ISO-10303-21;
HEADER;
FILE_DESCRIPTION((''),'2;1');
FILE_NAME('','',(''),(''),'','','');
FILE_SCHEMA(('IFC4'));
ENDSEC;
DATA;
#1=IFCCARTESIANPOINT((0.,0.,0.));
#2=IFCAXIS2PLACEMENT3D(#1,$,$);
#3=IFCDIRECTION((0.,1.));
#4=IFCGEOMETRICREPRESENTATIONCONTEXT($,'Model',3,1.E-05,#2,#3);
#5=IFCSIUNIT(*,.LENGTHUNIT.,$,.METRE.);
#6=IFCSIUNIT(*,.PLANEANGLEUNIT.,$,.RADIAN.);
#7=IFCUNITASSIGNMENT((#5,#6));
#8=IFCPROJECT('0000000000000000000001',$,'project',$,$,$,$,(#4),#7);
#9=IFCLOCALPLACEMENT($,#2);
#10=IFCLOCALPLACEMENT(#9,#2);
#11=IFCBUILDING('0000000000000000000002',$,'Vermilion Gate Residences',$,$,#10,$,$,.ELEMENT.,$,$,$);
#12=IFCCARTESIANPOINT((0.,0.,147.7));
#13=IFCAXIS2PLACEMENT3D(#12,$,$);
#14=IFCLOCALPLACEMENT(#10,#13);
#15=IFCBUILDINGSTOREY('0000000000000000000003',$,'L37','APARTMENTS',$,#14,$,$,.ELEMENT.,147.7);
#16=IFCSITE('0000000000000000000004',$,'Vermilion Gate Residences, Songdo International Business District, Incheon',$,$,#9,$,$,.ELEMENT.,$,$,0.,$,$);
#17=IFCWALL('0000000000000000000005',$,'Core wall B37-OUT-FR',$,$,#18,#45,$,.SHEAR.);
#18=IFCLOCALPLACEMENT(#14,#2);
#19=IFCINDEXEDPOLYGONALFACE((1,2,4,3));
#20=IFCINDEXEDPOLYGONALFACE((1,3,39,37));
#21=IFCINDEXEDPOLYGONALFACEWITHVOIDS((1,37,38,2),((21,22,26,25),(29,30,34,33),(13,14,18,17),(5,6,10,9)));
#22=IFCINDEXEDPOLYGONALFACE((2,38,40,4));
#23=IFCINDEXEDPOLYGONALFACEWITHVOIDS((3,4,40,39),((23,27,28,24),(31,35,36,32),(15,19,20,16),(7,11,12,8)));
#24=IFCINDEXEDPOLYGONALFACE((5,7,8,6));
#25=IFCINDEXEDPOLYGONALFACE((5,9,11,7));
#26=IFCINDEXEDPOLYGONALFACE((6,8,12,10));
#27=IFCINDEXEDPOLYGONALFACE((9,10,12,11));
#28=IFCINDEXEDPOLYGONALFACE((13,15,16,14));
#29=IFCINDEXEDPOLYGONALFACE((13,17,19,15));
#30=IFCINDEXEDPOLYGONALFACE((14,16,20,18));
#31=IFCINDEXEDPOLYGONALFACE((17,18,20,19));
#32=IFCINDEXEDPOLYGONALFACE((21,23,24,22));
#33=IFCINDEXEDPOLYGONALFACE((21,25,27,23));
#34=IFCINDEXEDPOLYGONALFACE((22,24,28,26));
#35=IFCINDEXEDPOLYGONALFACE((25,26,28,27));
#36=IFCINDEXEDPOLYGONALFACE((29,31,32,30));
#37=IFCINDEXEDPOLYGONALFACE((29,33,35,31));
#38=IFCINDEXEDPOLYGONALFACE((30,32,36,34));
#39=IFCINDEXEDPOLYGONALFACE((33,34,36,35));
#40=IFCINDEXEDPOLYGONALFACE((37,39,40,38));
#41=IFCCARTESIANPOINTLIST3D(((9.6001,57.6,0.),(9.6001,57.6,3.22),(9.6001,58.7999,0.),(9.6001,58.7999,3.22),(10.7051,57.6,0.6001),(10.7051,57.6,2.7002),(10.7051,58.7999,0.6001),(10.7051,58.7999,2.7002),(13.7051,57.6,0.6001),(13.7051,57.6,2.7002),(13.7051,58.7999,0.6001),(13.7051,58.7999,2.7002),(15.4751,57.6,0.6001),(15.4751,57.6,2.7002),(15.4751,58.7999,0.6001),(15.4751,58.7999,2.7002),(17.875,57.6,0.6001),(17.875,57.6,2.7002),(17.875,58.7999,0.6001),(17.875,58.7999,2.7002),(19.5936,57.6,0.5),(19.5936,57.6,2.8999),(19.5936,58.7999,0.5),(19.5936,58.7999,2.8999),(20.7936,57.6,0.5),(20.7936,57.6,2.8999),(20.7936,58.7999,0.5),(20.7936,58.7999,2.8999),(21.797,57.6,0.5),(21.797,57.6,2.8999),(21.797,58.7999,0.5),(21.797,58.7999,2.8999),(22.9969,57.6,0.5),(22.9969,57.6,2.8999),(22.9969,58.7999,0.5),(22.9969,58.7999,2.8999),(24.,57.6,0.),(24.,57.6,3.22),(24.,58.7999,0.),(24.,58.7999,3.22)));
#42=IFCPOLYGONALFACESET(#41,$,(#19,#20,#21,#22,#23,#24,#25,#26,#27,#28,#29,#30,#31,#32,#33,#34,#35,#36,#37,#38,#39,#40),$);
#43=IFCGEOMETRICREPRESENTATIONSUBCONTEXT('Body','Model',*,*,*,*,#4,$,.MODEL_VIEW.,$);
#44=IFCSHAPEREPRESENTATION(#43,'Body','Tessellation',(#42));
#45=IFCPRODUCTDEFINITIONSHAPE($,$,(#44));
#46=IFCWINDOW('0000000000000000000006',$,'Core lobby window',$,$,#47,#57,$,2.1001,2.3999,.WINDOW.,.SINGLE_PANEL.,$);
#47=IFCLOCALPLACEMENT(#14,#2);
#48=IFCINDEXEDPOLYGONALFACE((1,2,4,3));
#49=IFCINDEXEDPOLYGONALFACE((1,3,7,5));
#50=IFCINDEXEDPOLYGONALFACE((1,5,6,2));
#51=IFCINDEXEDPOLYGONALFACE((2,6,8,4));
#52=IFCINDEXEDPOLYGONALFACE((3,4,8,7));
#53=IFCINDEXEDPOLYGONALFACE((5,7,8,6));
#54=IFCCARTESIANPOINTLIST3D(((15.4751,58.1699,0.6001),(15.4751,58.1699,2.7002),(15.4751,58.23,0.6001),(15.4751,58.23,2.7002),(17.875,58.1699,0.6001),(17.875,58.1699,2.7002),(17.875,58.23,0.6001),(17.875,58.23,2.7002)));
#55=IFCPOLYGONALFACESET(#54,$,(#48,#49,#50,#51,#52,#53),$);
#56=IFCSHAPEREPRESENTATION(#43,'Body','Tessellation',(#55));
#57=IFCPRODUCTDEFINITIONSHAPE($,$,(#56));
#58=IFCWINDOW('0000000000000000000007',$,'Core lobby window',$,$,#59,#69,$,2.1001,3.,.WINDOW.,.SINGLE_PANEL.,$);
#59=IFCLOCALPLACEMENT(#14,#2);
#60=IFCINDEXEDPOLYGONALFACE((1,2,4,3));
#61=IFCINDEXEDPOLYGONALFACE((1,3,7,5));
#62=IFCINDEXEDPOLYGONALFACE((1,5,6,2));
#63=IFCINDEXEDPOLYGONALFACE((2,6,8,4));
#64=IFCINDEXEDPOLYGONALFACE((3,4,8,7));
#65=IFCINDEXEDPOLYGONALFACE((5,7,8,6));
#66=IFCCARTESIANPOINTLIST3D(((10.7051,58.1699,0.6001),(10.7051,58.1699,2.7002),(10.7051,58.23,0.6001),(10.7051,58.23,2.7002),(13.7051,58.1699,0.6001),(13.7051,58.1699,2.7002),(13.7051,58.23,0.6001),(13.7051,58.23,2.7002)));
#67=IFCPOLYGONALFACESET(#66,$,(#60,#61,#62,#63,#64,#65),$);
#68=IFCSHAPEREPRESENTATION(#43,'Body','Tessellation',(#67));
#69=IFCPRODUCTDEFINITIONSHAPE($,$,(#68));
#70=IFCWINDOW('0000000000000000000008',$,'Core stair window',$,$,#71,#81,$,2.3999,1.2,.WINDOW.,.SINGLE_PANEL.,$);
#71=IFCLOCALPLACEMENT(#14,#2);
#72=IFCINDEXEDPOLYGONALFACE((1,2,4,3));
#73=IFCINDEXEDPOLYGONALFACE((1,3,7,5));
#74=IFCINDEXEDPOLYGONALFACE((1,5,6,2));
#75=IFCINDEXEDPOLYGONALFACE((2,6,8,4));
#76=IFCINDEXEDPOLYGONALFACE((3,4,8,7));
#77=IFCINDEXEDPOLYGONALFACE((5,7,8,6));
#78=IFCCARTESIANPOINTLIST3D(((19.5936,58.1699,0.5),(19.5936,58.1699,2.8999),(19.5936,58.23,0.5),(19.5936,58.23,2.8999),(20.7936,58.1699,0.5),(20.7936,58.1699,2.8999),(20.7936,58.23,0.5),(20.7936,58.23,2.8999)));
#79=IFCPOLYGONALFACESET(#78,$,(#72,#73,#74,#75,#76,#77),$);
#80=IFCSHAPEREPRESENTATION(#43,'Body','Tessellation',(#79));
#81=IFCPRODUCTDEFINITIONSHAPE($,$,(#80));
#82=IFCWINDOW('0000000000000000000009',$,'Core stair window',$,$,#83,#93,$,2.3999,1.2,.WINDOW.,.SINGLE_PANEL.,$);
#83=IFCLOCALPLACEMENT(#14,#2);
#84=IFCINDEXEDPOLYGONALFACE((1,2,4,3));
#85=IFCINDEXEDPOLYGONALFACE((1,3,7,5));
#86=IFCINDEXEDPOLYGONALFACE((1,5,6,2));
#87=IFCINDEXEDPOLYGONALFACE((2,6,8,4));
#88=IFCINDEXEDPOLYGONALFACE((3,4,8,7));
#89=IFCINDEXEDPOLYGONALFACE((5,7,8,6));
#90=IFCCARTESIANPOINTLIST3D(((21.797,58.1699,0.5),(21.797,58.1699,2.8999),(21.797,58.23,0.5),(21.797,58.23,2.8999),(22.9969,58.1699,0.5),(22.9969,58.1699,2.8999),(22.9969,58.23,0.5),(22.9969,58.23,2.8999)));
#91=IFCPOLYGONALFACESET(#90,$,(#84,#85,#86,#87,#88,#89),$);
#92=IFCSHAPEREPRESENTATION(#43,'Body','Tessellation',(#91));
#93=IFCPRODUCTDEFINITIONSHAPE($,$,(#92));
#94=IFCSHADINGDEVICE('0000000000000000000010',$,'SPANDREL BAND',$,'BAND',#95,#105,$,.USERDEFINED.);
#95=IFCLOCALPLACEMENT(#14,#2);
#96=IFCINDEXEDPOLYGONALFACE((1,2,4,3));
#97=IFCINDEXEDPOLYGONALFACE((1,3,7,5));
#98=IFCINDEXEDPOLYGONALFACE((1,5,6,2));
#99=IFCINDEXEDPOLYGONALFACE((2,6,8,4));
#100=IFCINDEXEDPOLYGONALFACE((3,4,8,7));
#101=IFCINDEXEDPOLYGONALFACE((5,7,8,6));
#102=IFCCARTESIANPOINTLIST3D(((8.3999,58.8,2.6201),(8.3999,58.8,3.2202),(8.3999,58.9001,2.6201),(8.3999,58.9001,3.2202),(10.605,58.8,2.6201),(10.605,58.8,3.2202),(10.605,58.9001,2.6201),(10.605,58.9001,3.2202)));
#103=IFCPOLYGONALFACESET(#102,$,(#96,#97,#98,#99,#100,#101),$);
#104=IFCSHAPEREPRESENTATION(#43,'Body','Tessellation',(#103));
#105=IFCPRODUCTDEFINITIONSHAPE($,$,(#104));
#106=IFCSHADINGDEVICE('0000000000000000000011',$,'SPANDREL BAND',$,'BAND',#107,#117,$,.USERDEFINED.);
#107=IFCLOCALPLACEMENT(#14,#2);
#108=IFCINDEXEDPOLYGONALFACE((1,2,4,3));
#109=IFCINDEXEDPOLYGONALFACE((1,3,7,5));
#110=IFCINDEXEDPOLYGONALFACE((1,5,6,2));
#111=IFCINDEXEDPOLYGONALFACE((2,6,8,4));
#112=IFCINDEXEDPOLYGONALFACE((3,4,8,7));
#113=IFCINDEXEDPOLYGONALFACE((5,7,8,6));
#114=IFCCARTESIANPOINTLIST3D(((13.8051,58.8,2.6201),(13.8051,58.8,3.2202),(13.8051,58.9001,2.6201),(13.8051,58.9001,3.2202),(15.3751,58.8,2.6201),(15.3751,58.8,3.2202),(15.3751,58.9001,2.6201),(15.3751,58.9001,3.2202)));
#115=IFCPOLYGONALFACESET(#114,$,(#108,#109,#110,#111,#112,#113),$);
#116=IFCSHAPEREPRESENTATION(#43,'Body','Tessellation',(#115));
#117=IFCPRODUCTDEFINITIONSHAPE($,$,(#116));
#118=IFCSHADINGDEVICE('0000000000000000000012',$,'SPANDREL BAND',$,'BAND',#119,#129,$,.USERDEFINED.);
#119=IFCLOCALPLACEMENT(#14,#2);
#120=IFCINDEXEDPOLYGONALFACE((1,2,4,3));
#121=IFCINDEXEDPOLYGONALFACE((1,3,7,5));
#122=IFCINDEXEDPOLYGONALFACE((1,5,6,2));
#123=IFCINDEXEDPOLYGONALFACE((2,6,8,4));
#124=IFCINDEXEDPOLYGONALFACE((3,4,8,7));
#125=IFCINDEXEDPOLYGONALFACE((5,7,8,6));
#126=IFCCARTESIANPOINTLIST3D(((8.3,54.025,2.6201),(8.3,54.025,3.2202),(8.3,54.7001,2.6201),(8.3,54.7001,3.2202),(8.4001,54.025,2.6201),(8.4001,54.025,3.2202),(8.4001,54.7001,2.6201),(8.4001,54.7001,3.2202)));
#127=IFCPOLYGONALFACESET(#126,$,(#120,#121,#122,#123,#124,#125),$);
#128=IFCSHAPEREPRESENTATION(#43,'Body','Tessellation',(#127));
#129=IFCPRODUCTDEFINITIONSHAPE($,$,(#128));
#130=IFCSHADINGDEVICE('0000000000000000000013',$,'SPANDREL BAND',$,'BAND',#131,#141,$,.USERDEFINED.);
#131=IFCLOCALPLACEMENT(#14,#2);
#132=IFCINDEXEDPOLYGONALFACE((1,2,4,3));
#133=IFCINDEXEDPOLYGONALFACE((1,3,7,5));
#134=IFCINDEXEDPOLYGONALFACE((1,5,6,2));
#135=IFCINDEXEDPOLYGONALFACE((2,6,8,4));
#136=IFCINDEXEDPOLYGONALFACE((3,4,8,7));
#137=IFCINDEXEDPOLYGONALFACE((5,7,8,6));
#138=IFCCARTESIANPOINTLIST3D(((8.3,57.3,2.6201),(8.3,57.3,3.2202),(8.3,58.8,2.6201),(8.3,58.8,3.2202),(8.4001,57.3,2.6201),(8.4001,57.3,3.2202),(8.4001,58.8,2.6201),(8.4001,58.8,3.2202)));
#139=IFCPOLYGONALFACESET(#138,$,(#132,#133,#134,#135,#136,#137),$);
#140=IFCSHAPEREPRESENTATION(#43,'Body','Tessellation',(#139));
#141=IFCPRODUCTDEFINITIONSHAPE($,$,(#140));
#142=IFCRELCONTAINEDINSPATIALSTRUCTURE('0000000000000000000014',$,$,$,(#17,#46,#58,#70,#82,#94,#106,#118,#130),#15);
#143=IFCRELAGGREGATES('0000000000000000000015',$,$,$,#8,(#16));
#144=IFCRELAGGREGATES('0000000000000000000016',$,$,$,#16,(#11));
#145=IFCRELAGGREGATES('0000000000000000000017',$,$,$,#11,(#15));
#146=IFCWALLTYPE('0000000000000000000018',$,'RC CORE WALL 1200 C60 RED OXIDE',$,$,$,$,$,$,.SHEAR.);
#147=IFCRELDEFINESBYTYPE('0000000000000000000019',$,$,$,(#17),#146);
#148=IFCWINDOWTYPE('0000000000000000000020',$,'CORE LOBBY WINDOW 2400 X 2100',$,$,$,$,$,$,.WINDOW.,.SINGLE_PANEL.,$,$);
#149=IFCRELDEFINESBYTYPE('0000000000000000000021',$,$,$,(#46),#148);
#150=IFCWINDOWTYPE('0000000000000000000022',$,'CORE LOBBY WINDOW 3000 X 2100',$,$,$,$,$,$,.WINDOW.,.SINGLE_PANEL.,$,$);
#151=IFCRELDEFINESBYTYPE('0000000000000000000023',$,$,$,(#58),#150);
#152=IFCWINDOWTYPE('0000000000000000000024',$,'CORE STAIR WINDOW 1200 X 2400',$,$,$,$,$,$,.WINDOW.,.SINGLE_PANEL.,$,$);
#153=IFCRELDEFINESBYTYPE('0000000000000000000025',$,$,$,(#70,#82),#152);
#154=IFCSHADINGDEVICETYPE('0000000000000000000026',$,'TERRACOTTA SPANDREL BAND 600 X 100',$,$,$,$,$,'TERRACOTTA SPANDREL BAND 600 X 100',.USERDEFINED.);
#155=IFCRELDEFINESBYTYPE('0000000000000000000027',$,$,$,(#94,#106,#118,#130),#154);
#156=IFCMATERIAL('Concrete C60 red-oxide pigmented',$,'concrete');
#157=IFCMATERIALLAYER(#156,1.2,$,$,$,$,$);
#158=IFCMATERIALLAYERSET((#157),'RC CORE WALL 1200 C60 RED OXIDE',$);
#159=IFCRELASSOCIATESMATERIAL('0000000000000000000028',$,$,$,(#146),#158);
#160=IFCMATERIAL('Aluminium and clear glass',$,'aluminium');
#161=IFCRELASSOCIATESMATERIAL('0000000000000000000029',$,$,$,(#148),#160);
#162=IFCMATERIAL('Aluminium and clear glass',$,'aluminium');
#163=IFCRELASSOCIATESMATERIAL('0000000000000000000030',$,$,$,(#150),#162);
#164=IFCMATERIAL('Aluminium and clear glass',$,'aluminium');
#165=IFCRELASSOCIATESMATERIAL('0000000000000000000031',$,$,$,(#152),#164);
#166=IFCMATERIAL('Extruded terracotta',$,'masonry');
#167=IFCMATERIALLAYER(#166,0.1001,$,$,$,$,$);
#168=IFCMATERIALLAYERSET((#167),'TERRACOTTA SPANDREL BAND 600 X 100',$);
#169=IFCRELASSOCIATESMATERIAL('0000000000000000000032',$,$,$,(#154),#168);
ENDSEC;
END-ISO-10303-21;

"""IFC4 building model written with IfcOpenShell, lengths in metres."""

from ifc_helpers import new_model, si_unit, direction, frame, frame_2d, origin, origin_2d, place, context, subcontext, project, spatial, rectangle, extrude, material, layer, layer_set, type_object, element, fill, save


model = new_model("IFC4")

# Units and contexts
model_context = context("Model", 3, precision=1e-05, world=origin(), true_north=direction((0.0, 1.0)))
body_context = subcontext(model_context, "Body", "Model", "MODEL_VIEW")
ifc_project = project(units=[si_unit("LENGTHUNIT", "METRE"), si_unit("PLANEANGLEUNIT", "RADIAN")], contexts=[model_context])

# Site, building, storey
site_placement = place(None, origin())
site = spatial("IfcSite", under=ifc_project, at=site_placement, Name="Vermilion Gate Residences, Songdo International Business District, Incheon", CompositionType="ELEMENT", RefElevation=0.0)
building_placement = place(site_placement, origin())
building = spatial("IfcBuilding", under=site, at=building_placement, Name="Vermilion Gate Residences", CompositionType="ELEMENT")
storey_placement = place(building_placement, frame((0.0, 0.0, 147.7)))
storey = spatial("IfcBuildingStorey", under=building, at=storey_placement, Name="L37", Description="APARTMENTS", CompositionType="ELEMENT", Elevation=147.7)

# Wall, openings, windows
ifc_material_1 = material(Name="Concrete C60 red-oxide pigmented", Category="concrete")
ifc_layer_1 = layer(ifc_material_1, 1.2)
ifc_layer_set_1 = layer_set([ifc_layer_1], Name="RC CORE WALL 1200 C60 RED OXIDE")
wall_type_1 = type_object("IfcWallType", Name="RC CORE WALL 1200 C60 RED OXIDE", PredefinedType="SHEAR", material=ifc_layer_set_1)
ifc_material_2 = material(Name="Aluminium and clear glass", Category="aluminium")
window_type_1 = type_object("IfcWindowType", Name="CORE LOBBY WINDOW 2400 X 2100", PartitioningType="SINGLE_PANEL", PredefinedType="WINDOW", material=ifc_material_2)
wall_1_placement = place(storey_placement, frame((9.6001, 58.2, 0.0), z_axis=(0.0, 0.0, 1.0), x_axis=(1.0, 0.0, 0.0)))
wall_1 = element("IfcWall", 1, at=wall_1_placement, inside=storey, type_object=wall_type_1, Name="Core wall B37-OUT-FR", PredefinedType="SHEAR", context=body_context, shape_type="SweptSolid", body=[
    extrude(rectangle(XDim=14.3999, YDim=1.2, at=frame_2d((7.2, 0.0))), origin(), (0.0, 0.0, 1.0), 3.22),
])
opening_1_placement = place(wall_1_placement, frame((1.105, 0.0, 0.6001)))
opening_1 = element("IfcOpeningElement", 2, at=opening_1_placement, cuts=wall_1, PredefinedType="OPENING", context=body_context, shape_type="SweptSolid", body=[
    extrude(rectangle(XDim=3.0, YDim=2.1001, at=frame_2d((1.5, 1.05))), frame((0.0, 0.6099, 0.0), z_axis=(0.0, -1.0, 0.0), x_axis=(1.0, 0.0, 0.0)), (0.0, 0.0, 1.0), 1.22),
])
opening_2_placement = place(wall_1_placement, frame((5.875, 0.0, 0.6001)))
opening_2 = element("IfcOpeningElement", 3, at=opening_2_placement, cuts=wall_1, PredefinedType="OPENING", context=body_context, shape_type="SweptSolid", body=[
    extrude(rectangle(XDim=2.3999, YDim=2.1001, at=frame_2d((1.2, 1.05))), frame((0.0, 0.6099, 0.0), z_axis=(0.0, -1.0, 0.0), x_axis=(1.0, 0.0, 0.0)), (0.0, 0.0, 1.0), 1.22),
])
opening_3_placement = place(wall_1_placement, frame((9.9934, 0.0, 0.5)))
opening_3 = element("IfcOpeningElement", 4, at=opening_3_placement, cuts=wall_1, PredefinedType="OPENING", context=body_context, shape_type="SweptSolid", body=[
    extrude(rectangle(XDim=1.2, YDim=2.3999, at=frame_2d((0.6001, 1.2))), frame((0.0, 0.6099, 0.0), z_axis=(0.0, -1.0, 0.0), x_axis=(1.0, 0.0, 0.0)), (0.0, 0.0, 1.0), 1.22),
])
opening_4_placement = place(wall_1_placement, frame((12.1968, 0.0, 0.5)))
opening_4 = element("IfcOpeningElement", 5, at=opening_4_placement, cuts=wall_1, PredefinedType="OPENING", context=body_context, shape_type="SweptSolid", body=[
    extrude(rectangle(XDim=1.2, YDim=2.3999, at=frame_2d((0.6001, 1.2))), frame((0.0, 0.6099, 0.0), z_axis=(0.0, -1.0, 0.0), x_axis=(1.0, 0.0, 0.0)), (0.0, 0.0, 1.0), 1.22),
])
window_1_placement = place(opening_2_placement, origin())
window_1 = element("IfcWindow", 6, at=window_1_placement, inside=storey, type_object=window_type_1, Name="Core lobby window", OverallHeight=2.1001, OverallWidth=2.3999, PartitioningType="SINGLE_PANEL", PredefinedType="WINDOW", context=body_context, shape_type="SweptSolid", body=[
    extrude(rectangle(XDim=2.3999, YDim=2.1001, at=frame_2d((1.2, 1.05))), frame((0.0, 0.03, 0.0), z_axis=(0.0, -1.0, 0.0), x_axis=(1.0, 0.0, 0.0)), (0.0, 0.0, 1.0), 0.0601),
])
fill(opening_2, window_1)
ifc_material_3 = material(Name="Aluminium and clear glass", Category="aluminium")
window_type_2 = type_object("IfcWindowType", Name="CORE LOBBY WINDOW 3000 X 2100", PartitioningType="SINGLE_PANEL", PredefinedType="WINDOW", material=ifc_material_3)
window_2_placement = place(opening_1_placement, origin())
window_2 = element("IfcWindow", 7, at=window_2_placement, inside=storey, type_object=window_type_2, Name="Core lobby window", OverallHeight=2.1001, OverallWidth=3.0, PartitioningType="SINGLE_PANEL", PredefinedType="WINDOW", context=body_context, shape_type="SweptSolid", body=[
    extrude(rectangle(XDim=3.0, YDim=2.1001, at=frame_2d((1.5, 1.05))), frame((0.0, 0.03, 0.0), z_axis=(0.0, -1.0, 0.0), x_axis=(1.0, 0.0, 0.0)), (0.0, 0.0, 1.0), 0.0601),
])
fill(opening_1, window_2)
ifc_material_4 = material(Name="Aluminium and clear glass", Category="aluminium")
window_type_3 = type_object("IfcWindowType", Name="CORE STAIR WINDOW 1200 X 2400", PartitioningType="SINGLE_PANEL", PredefinedType="WINDOW", material=ifc_material_4)
window_3_placement = place(opening_3_placement, origin())
window_3 = element("IfcWindow", 8, at=window_3_placement, inside=storey, type_object=window_type_3, Name="Core stair window", OverallHeight=2.3999, OverallWidth=1.2, PartitioningType="SINGLE_PANEL", PredefinedType="WINDOW", context=body_context, shape_type="SweptSolid", body=[
    extrude(rectangle(XDim=1.2, YDim=2.3999, at=frame_2d((0.6001, 1.2))), frame((0.0, 0.03, 0.0), z_axis=(0.0, -1.0, 0.0), x_axis=(1.0, 0.0, 0.0)), (0.0, 0.0, 1.0), 0.0601),
])
fill(opening_3, window_3)
window_4_placement = place(opening_4_placement, origin())
window_4 = element("IfcWindow", 9, at=window_4_placement, inside=storey, type_object=window_type_3, Name="Core stair window", OverallHeight=2.3999, OverallWidth=1.2, PartitioningType="SINGLE_PANEL", PredefinedType="WINDOW", context=body_context, shape_type="SweptSolid", body=[
    extrude(rectangle(XDim=1.2, YDim=2.3999, at=frame_2d((0.6001, 1.2))), frame((0.0, 0.03, 0.0), z_axis=(0.0, -1.0, 0.0), x_axis=(1.0, 0.0, 0.0)), (0.0, 0.0, 1.0), 0.0601),
])
fill(opening_4, window_4)

# Shading devices
ifc_material_5 = material(Name="Extruded terracotta", Category="masonry")
ifc_layer_2 = layer(ifc_material_5, 0.1001)
ifc_layer_set_2 = layer_set([ifc_layer_2], Name="TERRACOTTA SPANDREL BAND 600 X 100")
shading_device_type = type_object("IfcShadingDeviceType", Name="TERRACOTTA SPANDREL BAND 600 X 100", ElementType="TERRACOTTA SPANDREL BAND 600 X 100", PredefinedType="USERDEFINED", material=ifc_layer_set_2)
shading_device_1_placement = place(storey_placement, frame((9.5024, 58.8501, 2.6201), z_axis=(0.0, 0.0, 1.0), x_axis=(1.0, 0.0, 0.0)))
element("IfcShadingDevice", 10, at=shading_device_1_placement, inside=storey, type_object=shading_device_type, Name="SPANDREL BAND", ObjectType="BAND", PredefinedType="USERDEFINED", context=body_context, shape_type="SweptSolid", body=[
    extrude(rectangle(XDim=2.2051, YDim=0.1001, at=origin_2d()), origin(), (0.0, 0.0, 1.0), 0.6001),
])
shading_device_2_placement = place(storey_placement, frame((14.5901, 58.8501, 2.6201), z_axis=(0.0, 0.0, 1.0), x_axis=(1.0, 0.0, 0.0)))
element("IfcShadingDevice", 11, at=shading_device_2_placement, inside=storey, type_object=shading_device_type, Name="SPANDREL BAND", ObjectType="BAND", PredefinedType="USERDEFINED", context=body_context, shape_type="SweptSolid", body=[
    extrude(rectangle(XDim=1.5701, YDim=0.1001, at=origin_2d()), origin(), (0.0, 0.0, 1.0), 0.6001),
])
shading_device_3_placement = place(storey_placement, frame((8.3501, 54.3625, 2.6201), z_axis=(0.0, 0.0, 1.0), x_axis=(0.0, 1.0, 0.0)))
element("IfcShadingDevice", 12, at=shading_device_3_placement, inside=storey, type_object=shading_device_type, Name="SPANDREL BAND", ObjectType="BAND", PredefinedType="USERDEFINED", context=body_context, shape_type="SweptSolid", body=[
    extrude(rectangle(XDim=0.675, YDim=0.1001, at=origin_2d()), origin(), (0.0, 0.0, 1.0), 0.6001),
])
shading_device_4_placement = place(storey_placement, frame((8.3501, 58.05, 2.6201), z_axis=(0.0, 0.0, 1.0), x_axis=(0.0, 1.0, 0.0)))
element("IfcShadingDevice", 13, at=shading_device_4_placement, inside=storey, type_object=shading_device_type, Name="SPANDREL BAND", ObjectType="BAND", PredefinedType="USERDEFINED", context=body_context, shape_type="SweptSolid", body=[
    extrude(rectangle(XDim=1.5, YDim=0.1001, at=origin_2d()), origin(), (0.0, 0.0, 1.0), 0.6001),
])

save(model, "model.ifc")
